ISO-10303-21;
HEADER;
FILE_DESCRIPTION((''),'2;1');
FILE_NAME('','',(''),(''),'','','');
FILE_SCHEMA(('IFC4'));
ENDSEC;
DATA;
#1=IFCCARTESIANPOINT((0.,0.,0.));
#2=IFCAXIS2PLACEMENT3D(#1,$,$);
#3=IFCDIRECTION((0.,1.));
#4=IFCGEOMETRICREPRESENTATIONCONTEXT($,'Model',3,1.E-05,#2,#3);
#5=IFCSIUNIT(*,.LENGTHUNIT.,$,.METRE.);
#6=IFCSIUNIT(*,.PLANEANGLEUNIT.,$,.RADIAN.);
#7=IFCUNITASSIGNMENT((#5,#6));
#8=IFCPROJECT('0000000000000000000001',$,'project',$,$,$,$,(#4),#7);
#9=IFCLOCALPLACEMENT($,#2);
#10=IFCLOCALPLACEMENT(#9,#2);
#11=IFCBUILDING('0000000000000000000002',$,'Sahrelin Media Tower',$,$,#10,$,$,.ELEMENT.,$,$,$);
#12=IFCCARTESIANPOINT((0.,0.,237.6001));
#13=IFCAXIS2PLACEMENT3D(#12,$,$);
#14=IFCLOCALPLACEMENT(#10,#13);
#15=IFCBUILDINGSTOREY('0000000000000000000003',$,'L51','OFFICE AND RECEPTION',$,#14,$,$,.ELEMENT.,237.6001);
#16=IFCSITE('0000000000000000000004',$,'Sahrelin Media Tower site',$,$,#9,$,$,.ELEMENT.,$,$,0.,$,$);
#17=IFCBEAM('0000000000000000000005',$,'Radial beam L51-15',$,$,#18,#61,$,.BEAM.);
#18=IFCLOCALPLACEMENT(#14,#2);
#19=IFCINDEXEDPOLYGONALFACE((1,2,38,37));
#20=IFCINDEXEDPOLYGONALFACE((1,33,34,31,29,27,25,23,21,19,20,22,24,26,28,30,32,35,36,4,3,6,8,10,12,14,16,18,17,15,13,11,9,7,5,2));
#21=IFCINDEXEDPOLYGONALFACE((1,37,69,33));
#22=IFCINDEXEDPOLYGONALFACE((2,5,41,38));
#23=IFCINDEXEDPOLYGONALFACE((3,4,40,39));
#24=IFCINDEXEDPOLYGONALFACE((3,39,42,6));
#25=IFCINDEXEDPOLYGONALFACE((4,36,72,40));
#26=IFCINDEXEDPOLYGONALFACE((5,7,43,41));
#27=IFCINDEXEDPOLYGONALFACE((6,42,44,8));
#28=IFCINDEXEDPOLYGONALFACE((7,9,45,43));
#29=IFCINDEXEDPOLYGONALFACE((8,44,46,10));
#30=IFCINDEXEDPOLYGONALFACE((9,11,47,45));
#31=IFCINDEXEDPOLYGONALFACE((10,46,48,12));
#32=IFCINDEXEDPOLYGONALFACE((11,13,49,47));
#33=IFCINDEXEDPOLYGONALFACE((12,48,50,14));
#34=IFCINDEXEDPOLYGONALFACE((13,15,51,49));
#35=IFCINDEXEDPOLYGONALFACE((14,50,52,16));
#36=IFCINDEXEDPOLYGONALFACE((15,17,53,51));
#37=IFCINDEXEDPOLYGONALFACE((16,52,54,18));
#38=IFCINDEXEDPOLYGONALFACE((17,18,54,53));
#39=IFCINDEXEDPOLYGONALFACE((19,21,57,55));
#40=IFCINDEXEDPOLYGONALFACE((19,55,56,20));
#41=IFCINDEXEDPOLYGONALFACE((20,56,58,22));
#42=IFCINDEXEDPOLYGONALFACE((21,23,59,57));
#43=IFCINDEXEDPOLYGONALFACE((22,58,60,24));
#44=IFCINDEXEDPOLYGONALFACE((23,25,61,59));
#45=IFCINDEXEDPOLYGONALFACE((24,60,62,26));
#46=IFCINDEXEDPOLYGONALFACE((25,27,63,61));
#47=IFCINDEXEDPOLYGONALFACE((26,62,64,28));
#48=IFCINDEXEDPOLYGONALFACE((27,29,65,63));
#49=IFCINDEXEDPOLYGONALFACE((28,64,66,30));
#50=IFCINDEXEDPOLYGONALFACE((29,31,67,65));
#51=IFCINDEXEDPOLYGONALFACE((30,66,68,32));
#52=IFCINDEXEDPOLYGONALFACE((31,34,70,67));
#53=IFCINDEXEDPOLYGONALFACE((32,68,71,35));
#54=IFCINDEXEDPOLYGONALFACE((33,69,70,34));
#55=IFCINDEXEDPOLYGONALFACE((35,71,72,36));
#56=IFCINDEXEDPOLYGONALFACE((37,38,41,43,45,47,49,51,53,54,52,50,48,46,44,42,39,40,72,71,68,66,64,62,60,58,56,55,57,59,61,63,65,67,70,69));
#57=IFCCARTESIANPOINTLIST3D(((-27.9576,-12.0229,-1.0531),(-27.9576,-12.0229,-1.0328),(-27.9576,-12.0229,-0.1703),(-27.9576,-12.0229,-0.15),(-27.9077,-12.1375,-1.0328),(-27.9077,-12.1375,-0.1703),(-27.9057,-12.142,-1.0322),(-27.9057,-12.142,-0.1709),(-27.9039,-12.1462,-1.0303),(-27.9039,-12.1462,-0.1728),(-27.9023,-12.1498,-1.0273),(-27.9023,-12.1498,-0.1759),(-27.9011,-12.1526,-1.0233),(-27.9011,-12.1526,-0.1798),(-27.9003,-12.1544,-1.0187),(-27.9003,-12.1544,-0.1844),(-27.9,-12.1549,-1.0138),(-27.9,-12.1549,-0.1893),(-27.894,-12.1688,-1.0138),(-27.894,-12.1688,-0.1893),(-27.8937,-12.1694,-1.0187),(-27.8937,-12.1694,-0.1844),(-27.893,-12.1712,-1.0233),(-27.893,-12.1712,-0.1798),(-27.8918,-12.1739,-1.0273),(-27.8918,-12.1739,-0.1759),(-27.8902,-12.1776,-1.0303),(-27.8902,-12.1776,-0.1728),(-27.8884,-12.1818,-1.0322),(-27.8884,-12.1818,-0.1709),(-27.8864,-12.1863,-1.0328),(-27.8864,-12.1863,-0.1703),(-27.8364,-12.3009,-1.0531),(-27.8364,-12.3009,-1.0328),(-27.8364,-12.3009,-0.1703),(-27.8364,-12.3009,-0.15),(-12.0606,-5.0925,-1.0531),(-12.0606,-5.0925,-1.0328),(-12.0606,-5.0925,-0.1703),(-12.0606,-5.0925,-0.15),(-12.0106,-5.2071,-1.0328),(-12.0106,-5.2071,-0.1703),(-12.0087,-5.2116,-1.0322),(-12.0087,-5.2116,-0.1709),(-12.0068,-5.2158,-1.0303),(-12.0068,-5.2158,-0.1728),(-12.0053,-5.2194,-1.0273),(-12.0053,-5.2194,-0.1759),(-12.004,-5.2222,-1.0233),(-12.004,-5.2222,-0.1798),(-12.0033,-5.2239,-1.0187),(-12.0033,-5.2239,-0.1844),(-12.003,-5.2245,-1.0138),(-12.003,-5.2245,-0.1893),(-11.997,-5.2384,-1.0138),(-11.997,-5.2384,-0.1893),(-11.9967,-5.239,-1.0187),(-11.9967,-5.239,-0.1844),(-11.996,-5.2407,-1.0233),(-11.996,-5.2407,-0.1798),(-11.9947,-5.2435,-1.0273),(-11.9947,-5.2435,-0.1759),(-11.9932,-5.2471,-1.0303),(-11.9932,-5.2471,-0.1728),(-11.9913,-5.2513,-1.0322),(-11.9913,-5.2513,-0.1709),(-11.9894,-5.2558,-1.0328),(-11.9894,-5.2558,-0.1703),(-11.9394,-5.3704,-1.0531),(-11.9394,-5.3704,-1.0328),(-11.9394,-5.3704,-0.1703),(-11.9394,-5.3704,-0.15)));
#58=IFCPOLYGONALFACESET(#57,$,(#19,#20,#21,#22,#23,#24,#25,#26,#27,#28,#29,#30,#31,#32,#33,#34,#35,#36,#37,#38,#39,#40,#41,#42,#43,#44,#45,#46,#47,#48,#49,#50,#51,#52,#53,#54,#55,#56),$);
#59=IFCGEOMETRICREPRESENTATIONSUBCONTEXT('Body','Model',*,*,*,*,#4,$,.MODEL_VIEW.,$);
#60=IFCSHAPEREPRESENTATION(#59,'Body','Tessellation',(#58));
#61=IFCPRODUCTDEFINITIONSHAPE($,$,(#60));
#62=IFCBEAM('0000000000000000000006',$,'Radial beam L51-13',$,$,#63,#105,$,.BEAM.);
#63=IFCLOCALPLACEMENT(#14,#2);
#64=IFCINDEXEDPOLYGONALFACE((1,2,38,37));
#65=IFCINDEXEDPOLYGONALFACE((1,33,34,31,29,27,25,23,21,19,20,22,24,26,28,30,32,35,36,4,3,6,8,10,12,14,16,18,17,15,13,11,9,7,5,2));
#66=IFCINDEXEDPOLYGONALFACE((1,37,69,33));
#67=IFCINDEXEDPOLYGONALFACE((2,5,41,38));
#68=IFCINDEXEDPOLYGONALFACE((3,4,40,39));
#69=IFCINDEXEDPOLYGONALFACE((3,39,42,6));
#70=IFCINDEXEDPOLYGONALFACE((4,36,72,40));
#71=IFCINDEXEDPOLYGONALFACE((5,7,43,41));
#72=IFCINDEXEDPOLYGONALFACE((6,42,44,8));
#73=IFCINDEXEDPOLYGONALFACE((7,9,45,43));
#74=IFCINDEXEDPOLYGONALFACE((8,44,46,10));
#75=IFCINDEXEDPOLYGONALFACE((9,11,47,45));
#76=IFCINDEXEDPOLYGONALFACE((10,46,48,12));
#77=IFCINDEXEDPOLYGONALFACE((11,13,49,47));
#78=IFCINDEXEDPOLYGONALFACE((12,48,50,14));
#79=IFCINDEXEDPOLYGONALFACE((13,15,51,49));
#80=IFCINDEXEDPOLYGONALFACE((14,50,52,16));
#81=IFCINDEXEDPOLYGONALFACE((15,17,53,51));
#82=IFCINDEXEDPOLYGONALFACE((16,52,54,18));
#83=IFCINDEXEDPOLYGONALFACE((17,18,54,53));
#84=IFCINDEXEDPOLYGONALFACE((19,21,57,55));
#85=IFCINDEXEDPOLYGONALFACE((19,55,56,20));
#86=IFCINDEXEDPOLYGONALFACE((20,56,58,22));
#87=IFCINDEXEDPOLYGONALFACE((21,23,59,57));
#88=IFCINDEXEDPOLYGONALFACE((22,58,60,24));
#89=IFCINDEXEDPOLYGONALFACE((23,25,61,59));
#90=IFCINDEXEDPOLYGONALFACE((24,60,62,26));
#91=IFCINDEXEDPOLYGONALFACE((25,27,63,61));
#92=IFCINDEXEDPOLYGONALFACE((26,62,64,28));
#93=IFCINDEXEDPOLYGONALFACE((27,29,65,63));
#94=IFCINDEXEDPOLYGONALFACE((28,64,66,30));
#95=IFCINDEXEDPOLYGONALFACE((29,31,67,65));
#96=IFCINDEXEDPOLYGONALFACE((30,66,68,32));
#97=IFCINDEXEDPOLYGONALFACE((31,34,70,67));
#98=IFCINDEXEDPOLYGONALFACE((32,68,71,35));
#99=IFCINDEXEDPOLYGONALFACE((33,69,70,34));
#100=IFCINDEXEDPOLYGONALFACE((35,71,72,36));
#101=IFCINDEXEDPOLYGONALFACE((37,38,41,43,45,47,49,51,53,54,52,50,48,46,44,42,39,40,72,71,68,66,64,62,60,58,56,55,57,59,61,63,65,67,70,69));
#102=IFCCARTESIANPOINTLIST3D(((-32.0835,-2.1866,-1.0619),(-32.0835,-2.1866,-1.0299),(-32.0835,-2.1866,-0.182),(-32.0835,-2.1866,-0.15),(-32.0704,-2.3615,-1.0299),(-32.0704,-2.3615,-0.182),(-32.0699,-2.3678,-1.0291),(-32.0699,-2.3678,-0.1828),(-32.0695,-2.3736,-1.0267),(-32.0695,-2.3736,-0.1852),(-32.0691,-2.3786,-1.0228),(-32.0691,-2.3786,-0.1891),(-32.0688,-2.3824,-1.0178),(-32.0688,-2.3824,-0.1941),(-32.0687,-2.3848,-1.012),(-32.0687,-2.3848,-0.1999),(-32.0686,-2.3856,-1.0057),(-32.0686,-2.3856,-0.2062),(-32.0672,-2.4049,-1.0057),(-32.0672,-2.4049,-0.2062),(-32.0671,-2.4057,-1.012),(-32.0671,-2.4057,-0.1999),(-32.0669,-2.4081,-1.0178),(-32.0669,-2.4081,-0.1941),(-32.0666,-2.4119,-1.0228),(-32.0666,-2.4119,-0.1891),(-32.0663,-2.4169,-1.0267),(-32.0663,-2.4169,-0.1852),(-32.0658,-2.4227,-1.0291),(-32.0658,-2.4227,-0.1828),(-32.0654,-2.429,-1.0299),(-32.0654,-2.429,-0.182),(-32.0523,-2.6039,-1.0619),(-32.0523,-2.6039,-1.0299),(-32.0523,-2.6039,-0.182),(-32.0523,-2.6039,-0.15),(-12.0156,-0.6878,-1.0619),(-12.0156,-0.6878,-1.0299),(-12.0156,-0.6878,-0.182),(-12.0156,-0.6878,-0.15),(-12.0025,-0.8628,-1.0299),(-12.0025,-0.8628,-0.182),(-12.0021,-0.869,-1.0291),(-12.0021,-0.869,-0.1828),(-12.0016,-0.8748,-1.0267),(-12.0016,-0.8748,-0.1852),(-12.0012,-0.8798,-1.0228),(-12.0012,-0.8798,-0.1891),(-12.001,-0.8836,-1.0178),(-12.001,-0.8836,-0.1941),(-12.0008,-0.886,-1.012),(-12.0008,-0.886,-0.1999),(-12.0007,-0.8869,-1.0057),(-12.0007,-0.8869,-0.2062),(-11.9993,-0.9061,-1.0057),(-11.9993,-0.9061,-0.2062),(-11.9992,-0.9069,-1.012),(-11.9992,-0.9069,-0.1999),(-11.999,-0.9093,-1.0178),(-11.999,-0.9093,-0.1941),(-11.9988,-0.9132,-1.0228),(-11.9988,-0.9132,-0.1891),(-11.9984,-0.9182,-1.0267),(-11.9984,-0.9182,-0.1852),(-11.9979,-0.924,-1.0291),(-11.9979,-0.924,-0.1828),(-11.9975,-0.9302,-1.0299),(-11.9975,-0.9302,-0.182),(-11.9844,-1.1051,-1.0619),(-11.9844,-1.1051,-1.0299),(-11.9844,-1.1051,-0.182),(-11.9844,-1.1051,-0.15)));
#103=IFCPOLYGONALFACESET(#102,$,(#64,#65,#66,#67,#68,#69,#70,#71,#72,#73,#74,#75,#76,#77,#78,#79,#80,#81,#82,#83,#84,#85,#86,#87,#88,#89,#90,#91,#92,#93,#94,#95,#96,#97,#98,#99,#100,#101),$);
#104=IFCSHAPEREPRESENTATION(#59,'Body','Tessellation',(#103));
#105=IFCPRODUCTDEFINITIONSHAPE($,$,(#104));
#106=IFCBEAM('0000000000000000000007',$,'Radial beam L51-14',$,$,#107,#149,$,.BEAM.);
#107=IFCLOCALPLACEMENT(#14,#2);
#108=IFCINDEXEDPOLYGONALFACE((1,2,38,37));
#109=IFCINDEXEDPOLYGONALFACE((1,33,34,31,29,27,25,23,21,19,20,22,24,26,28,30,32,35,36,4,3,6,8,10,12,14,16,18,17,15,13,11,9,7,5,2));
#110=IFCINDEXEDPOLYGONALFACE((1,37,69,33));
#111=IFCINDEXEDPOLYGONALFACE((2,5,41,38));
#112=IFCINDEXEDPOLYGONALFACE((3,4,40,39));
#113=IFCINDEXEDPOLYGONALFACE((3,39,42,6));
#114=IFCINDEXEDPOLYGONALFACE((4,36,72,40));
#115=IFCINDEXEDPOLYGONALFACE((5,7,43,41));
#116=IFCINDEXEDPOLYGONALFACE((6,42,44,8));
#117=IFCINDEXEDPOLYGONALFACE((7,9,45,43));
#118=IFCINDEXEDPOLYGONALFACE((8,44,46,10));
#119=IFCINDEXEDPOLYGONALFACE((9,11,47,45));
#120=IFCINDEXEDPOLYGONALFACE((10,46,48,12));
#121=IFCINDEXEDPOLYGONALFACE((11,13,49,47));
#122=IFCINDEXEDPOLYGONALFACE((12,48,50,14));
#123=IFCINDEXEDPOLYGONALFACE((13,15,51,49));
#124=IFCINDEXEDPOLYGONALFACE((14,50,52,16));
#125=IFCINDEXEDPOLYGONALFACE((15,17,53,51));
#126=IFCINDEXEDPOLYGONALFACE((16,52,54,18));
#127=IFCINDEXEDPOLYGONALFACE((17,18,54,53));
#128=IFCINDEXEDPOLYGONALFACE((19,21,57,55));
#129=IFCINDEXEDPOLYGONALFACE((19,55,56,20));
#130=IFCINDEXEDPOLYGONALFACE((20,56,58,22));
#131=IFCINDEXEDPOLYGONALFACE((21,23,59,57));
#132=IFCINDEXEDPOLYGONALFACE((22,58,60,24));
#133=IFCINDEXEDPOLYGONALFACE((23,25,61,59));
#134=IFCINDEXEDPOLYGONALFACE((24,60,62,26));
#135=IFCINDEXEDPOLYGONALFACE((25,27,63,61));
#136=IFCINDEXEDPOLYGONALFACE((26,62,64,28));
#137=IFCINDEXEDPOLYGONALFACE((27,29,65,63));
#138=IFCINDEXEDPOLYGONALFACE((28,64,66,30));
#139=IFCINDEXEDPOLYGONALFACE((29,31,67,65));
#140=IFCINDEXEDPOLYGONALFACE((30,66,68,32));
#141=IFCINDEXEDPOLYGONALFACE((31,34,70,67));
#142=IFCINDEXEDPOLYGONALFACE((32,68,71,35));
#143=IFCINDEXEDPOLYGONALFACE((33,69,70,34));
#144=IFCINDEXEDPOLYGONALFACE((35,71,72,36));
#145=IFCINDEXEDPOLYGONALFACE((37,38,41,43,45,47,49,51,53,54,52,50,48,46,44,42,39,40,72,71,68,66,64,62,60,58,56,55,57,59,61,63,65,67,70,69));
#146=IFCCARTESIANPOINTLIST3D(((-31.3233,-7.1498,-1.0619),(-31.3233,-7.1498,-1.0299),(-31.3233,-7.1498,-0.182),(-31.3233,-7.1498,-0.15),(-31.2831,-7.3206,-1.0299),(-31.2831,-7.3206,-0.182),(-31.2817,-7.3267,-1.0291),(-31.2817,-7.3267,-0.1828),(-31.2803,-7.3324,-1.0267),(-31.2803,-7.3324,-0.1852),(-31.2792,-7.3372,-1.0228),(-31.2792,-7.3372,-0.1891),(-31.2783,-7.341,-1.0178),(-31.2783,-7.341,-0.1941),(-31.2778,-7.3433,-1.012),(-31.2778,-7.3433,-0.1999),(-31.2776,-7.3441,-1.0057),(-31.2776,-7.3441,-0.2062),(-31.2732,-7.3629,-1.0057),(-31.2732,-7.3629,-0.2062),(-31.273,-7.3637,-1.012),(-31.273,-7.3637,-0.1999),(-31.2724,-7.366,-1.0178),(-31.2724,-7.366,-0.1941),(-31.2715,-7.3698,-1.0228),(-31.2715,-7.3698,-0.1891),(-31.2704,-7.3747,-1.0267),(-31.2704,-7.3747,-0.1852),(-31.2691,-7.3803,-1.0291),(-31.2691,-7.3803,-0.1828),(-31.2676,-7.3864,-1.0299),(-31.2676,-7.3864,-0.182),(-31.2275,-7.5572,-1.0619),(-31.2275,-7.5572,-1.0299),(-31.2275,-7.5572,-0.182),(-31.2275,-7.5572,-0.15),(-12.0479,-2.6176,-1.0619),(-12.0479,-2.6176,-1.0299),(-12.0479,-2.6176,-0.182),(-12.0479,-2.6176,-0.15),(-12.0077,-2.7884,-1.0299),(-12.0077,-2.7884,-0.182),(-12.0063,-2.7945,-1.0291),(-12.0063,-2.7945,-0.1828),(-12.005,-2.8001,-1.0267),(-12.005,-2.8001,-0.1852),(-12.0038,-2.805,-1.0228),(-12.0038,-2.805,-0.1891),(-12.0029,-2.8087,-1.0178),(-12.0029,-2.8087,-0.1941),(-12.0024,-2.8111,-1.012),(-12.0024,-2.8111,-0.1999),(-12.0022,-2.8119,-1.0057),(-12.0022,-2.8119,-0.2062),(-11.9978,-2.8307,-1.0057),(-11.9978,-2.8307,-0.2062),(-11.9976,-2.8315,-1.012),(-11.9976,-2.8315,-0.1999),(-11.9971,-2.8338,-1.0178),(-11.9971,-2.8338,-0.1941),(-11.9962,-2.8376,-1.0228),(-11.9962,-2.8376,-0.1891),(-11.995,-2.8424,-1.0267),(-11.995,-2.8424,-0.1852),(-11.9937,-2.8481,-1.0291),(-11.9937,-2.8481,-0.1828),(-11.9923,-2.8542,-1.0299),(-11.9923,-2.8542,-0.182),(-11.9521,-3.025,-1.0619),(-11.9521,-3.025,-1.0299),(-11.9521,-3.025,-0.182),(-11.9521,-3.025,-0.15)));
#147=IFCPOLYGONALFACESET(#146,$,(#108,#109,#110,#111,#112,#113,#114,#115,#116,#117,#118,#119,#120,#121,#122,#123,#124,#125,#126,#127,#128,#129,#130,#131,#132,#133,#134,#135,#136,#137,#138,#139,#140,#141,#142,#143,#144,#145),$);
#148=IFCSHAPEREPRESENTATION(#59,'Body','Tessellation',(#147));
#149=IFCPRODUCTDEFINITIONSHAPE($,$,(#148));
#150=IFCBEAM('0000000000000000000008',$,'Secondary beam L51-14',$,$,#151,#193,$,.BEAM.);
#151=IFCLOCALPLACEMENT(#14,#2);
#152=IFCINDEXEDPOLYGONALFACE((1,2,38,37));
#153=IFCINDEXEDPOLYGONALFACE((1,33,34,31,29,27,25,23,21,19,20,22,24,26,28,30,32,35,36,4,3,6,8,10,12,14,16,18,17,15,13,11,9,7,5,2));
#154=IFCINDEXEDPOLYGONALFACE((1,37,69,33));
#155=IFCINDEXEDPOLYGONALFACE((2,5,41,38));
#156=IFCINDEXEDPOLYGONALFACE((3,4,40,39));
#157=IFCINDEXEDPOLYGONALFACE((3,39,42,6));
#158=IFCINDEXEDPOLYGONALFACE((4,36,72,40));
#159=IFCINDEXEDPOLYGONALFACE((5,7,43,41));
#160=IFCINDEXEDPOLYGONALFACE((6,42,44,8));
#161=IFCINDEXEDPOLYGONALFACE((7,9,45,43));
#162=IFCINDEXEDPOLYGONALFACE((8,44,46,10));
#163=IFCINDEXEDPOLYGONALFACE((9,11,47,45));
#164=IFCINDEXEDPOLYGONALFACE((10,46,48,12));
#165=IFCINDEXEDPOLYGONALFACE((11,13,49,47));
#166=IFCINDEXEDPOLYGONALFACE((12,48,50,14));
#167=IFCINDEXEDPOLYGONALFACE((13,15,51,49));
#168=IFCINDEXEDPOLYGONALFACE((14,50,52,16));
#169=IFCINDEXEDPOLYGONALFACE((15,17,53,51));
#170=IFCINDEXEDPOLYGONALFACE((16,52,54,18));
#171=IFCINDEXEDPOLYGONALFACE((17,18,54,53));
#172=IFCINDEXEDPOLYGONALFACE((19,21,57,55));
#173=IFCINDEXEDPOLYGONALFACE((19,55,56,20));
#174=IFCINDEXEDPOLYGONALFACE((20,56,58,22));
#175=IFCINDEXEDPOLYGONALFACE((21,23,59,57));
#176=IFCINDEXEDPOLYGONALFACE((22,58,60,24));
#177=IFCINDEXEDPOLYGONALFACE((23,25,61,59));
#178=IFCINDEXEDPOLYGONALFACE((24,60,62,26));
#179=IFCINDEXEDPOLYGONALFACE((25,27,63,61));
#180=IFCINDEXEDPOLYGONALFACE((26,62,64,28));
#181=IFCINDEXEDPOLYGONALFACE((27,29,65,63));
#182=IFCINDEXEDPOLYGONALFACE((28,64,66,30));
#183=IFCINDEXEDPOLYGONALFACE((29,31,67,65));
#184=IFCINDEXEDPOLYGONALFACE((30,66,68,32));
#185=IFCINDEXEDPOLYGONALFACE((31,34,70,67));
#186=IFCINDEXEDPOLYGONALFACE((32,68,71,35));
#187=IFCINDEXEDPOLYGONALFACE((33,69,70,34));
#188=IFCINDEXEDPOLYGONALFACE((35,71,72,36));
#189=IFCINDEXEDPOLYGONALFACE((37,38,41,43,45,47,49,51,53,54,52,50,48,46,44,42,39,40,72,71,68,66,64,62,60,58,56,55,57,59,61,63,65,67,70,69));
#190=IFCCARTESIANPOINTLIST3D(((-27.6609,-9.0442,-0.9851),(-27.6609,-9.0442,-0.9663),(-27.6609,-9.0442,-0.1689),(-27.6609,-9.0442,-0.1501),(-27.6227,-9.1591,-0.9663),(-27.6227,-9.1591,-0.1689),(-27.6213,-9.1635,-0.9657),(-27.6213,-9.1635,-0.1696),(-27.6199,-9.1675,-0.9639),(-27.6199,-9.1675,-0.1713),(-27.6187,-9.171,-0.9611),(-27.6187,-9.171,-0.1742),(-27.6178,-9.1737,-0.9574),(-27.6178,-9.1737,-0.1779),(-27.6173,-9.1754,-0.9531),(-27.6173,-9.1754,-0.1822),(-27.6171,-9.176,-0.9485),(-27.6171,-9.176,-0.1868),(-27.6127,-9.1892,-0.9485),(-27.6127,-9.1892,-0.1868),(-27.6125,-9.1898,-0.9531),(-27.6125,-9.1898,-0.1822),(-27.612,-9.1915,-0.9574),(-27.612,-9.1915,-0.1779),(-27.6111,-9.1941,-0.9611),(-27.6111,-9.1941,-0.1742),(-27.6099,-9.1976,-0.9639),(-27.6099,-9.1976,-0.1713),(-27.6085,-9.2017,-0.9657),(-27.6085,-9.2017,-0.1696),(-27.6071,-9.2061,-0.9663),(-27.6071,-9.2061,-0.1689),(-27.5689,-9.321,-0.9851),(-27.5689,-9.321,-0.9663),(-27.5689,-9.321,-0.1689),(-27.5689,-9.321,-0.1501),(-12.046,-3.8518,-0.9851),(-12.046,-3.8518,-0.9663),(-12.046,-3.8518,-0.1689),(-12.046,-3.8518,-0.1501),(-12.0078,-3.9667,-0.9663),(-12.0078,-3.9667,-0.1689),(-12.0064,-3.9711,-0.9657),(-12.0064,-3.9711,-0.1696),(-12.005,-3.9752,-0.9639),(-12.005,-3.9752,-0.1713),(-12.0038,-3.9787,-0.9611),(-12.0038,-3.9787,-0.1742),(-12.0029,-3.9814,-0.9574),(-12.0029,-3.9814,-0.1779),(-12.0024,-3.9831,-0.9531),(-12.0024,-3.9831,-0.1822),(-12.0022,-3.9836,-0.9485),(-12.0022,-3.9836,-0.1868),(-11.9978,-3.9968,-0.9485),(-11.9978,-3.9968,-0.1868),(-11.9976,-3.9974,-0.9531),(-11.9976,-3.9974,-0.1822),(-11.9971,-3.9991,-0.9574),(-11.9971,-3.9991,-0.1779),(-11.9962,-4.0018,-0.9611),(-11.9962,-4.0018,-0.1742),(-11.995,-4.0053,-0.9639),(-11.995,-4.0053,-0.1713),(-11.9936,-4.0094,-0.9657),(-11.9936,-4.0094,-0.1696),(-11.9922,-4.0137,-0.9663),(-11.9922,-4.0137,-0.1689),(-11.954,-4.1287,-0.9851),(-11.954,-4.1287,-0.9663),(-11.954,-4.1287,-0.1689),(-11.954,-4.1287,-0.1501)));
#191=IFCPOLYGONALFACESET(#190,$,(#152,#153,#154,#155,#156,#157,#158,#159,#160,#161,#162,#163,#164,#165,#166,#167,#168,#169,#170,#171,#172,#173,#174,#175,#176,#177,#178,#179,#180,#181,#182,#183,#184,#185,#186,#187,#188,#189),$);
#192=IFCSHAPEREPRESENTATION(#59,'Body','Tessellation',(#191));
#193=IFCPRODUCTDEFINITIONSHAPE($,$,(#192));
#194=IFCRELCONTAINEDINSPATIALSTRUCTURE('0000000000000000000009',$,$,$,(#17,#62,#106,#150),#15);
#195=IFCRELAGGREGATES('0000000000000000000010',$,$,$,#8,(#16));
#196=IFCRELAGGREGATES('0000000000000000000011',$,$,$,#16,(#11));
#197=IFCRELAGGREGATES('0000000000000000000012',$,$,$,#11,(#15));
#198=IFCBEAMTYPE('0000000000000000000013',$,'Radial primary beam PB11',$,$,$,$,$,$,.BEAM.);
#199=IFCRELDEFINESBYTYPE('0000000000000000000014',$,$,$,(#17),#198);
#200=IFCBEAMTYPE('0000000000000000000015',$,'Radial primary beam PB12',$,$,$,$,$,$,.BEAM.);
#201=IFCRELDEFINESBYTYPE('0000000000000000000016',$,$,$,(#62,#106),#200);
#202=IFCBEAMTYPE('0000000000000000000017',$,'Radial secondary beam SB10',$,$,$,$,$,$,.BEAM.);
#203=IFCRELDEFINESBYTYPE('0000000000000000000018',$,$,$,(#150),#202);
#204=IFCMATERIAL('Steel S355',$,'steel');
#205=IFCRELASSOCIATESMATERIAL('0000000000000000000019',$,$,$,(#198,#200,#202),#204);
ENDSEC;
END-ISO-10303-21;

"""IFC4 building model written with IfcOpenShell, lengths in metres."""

from ifc_helpers import new_model, si_unit, direction, frame, origin, origin_2d, place, context, subcontext, project, spatial, i_section, extrude, material, material_profile, profile_set, type_object, element, save


model = new_model("IFC4")

# Units and contexts
model_context = context("Model", 3, precision=1e-05, world=origin(), true_north=direction((0.0, 1.0)))
body_context = subcontext(model_context, "Body", "Model", "MODEL_VIEW")
ifc_project = project(units=[si_unit("LENGTHUNIT", "METRE"), si_unit("PLANEANGLEUNIT", "RADIAN")], contexts=[model_context])

# Site, building, storey
site_placement = place(None, origin())
site = spatial("IfcSite", under=ifc_project, at=site_placement, Name="Sahrelin Media Tower site", CompositionType="ELEMENT", RefElevation=0.0)
building_placement = place(site_placement, origin())
building = spatial("IfcBuilding", under=site, at=building_placement, Name="Sahrelin Media Tower", CompositionType="ELEMENT")
storey_placement = place(building_placement, frame((0.0, 0.0, 237.6001)))
storey = spatial("IfcBuildingStorey", under=building, at=storey_placement, Name="L51", Description="OFFICE AND RECEPTION", CompositionType="ELEMENT", Elevation=237.6001)

# Beams
ifc_material_1 = material(Name="Steel S355", Category="steel")
ifc_material_profile_1 = material_profile(ifc_material_1, i_section(OverallWidth=0.3032, OverallDepth=0.9031, WebThickness=0.0151, FlangeThickness=0.0203, FilletRadius=0.019, at=origin_2d()), Name="UB 914x305x201")
ifc_profile_set_1 = profile_set([ifc_material_profile_1], Name="Steel S355")
beam_type_1 = type_object("IfcBeamType", Name="Radial primary beam PB11", PredefinedType="BEAM", material=ifc_profile_set_1)
beam_1_placement = place(storey_placement, frame((-12.0, -5.2314, -0.6016), z_axis=(-0.916675, -0.399632, 0.0), x_axis=(0.399632, -0.916675, 0.0)))
element("IfcBeam", 1, at=beam_1_placement, inside=storey, type_object=beam_type_1, Name="Radial beam L51-15", PredefinedType="BEAM", context=body_context, shape_type="SweptSolid", body=[
    extrude(i_section(OverallWidth=0.3032, OverallDepth=0.9031, WebThickness=0.0151, FlangeThickness=0.0203, FilletRadius=0.019, at=origin_2d()), origin(), (0.0, 0.0, 1.0), 17.342),
])
ifc_material_profile_2 = material_profile(ifc_material_1, i_section(OverallWidth=0.4185, OverallDepth=0.9119, WebThickness=0.0193, FlangeThickness=0.032, FilletRadius=0.0242, at=origin_2d()), Name="UB 914x419x343")
ifc_profile_set_2 = profile_set([ifc_material_profile_2], Name="Steel S355")
beam_type_2 = type_object("IfcBeamType", Name="Radial primary beam PB12", PredefinedType="BEAM", material=ifc_profile_set_2)
beam_2_placement = place(storey_placement, frame((-12.0, -0.8965, -0.606), z_axis=(-0.997223, -0.074478, 0.0), x_axis=(0.074478, -0.997223, 0.0)))
element("IfcBeam", 2, at=beam_2_placement, inside=storey, type_object=beam_type_2, Name="Radial beam L51-13", PredefinedType="BEAM", context=body_context, shape_type="SweptSolid", body=[
    extrude(i_section(OverallWidth=0.4185, OverallDepth=0.9119, WebThickness=0.0193, FlangeThickness=0.032, FilletRadius=0.0242, at=origin_2d()), origin(), (0.0, 0.0, 1.0), 20.1238),
])
beam_3_placement = place(storey_placement, frame((-12.0, -2.8213, -0.606), z_axis=(-0.973453, -0.228888, 0.0), x_axis=(0.228888, -0.973453, 0.0)))
element("IfcBeam", 3, at=beam_3_placement, inside=storey, type_object=beam_type_2, Name="Radial beam L51-14", PredefinedType="BEAM", context=body_context, shape_type="SweptSolid", body=[
    extrude(i_section(OverallWidth=0.4185, OverallDepth=0.9119, WebThickness=0.0193, FlangeThickness=0.032, FilletRadius=0.0242, at=origin_2d()), origin(), (0.0, 0.0, 1.0), 19.801),
])
ifc_material_profile_3 = material_profile(ifc_material_1, i_section(OverallWidth=0.2917, OverallDepth=0.835, WebThickness=0.0139, FlangeThickness=0.0188, FilletRadius=0.0178, at=origin_2d()), Name="UB 838x292x176")
ifc_profile_set_3 = profile_set([ifc_material_profile_3], Name="Steel S355")
beam_type_3 = type_object("IfcBeamType", Name="Radial secondary beam SB10", PredefinedType="BEAM", material=ifc_profile_set_3)
beam_4_placement = place(storey_placement, frame((-12.0, -3.9902, -0.5676), z_axis=(-0.948913, -0.315538, 0.0), x_axis=(0.315538, -0.948913, 0.0)))
element("IfcBeam", 4, at=beam_4_placement, inside=storey, type_object=beam_type_3, Name="Secondary beam L51-14", PredefinedType="BEAM", context=body_context, shape_type="SweptSolid", body=[
    extrude(i_section(OverallWidth=0.2917, OverallDepth=0.835, WebThickness=0.0139, FlangeThickness=0.0188, FilletRadius=0.0178, at=origin_2d()), origin(), (0.0, 0.0, 1.0), 16.4556),
])

save(model, "model.ifc")
